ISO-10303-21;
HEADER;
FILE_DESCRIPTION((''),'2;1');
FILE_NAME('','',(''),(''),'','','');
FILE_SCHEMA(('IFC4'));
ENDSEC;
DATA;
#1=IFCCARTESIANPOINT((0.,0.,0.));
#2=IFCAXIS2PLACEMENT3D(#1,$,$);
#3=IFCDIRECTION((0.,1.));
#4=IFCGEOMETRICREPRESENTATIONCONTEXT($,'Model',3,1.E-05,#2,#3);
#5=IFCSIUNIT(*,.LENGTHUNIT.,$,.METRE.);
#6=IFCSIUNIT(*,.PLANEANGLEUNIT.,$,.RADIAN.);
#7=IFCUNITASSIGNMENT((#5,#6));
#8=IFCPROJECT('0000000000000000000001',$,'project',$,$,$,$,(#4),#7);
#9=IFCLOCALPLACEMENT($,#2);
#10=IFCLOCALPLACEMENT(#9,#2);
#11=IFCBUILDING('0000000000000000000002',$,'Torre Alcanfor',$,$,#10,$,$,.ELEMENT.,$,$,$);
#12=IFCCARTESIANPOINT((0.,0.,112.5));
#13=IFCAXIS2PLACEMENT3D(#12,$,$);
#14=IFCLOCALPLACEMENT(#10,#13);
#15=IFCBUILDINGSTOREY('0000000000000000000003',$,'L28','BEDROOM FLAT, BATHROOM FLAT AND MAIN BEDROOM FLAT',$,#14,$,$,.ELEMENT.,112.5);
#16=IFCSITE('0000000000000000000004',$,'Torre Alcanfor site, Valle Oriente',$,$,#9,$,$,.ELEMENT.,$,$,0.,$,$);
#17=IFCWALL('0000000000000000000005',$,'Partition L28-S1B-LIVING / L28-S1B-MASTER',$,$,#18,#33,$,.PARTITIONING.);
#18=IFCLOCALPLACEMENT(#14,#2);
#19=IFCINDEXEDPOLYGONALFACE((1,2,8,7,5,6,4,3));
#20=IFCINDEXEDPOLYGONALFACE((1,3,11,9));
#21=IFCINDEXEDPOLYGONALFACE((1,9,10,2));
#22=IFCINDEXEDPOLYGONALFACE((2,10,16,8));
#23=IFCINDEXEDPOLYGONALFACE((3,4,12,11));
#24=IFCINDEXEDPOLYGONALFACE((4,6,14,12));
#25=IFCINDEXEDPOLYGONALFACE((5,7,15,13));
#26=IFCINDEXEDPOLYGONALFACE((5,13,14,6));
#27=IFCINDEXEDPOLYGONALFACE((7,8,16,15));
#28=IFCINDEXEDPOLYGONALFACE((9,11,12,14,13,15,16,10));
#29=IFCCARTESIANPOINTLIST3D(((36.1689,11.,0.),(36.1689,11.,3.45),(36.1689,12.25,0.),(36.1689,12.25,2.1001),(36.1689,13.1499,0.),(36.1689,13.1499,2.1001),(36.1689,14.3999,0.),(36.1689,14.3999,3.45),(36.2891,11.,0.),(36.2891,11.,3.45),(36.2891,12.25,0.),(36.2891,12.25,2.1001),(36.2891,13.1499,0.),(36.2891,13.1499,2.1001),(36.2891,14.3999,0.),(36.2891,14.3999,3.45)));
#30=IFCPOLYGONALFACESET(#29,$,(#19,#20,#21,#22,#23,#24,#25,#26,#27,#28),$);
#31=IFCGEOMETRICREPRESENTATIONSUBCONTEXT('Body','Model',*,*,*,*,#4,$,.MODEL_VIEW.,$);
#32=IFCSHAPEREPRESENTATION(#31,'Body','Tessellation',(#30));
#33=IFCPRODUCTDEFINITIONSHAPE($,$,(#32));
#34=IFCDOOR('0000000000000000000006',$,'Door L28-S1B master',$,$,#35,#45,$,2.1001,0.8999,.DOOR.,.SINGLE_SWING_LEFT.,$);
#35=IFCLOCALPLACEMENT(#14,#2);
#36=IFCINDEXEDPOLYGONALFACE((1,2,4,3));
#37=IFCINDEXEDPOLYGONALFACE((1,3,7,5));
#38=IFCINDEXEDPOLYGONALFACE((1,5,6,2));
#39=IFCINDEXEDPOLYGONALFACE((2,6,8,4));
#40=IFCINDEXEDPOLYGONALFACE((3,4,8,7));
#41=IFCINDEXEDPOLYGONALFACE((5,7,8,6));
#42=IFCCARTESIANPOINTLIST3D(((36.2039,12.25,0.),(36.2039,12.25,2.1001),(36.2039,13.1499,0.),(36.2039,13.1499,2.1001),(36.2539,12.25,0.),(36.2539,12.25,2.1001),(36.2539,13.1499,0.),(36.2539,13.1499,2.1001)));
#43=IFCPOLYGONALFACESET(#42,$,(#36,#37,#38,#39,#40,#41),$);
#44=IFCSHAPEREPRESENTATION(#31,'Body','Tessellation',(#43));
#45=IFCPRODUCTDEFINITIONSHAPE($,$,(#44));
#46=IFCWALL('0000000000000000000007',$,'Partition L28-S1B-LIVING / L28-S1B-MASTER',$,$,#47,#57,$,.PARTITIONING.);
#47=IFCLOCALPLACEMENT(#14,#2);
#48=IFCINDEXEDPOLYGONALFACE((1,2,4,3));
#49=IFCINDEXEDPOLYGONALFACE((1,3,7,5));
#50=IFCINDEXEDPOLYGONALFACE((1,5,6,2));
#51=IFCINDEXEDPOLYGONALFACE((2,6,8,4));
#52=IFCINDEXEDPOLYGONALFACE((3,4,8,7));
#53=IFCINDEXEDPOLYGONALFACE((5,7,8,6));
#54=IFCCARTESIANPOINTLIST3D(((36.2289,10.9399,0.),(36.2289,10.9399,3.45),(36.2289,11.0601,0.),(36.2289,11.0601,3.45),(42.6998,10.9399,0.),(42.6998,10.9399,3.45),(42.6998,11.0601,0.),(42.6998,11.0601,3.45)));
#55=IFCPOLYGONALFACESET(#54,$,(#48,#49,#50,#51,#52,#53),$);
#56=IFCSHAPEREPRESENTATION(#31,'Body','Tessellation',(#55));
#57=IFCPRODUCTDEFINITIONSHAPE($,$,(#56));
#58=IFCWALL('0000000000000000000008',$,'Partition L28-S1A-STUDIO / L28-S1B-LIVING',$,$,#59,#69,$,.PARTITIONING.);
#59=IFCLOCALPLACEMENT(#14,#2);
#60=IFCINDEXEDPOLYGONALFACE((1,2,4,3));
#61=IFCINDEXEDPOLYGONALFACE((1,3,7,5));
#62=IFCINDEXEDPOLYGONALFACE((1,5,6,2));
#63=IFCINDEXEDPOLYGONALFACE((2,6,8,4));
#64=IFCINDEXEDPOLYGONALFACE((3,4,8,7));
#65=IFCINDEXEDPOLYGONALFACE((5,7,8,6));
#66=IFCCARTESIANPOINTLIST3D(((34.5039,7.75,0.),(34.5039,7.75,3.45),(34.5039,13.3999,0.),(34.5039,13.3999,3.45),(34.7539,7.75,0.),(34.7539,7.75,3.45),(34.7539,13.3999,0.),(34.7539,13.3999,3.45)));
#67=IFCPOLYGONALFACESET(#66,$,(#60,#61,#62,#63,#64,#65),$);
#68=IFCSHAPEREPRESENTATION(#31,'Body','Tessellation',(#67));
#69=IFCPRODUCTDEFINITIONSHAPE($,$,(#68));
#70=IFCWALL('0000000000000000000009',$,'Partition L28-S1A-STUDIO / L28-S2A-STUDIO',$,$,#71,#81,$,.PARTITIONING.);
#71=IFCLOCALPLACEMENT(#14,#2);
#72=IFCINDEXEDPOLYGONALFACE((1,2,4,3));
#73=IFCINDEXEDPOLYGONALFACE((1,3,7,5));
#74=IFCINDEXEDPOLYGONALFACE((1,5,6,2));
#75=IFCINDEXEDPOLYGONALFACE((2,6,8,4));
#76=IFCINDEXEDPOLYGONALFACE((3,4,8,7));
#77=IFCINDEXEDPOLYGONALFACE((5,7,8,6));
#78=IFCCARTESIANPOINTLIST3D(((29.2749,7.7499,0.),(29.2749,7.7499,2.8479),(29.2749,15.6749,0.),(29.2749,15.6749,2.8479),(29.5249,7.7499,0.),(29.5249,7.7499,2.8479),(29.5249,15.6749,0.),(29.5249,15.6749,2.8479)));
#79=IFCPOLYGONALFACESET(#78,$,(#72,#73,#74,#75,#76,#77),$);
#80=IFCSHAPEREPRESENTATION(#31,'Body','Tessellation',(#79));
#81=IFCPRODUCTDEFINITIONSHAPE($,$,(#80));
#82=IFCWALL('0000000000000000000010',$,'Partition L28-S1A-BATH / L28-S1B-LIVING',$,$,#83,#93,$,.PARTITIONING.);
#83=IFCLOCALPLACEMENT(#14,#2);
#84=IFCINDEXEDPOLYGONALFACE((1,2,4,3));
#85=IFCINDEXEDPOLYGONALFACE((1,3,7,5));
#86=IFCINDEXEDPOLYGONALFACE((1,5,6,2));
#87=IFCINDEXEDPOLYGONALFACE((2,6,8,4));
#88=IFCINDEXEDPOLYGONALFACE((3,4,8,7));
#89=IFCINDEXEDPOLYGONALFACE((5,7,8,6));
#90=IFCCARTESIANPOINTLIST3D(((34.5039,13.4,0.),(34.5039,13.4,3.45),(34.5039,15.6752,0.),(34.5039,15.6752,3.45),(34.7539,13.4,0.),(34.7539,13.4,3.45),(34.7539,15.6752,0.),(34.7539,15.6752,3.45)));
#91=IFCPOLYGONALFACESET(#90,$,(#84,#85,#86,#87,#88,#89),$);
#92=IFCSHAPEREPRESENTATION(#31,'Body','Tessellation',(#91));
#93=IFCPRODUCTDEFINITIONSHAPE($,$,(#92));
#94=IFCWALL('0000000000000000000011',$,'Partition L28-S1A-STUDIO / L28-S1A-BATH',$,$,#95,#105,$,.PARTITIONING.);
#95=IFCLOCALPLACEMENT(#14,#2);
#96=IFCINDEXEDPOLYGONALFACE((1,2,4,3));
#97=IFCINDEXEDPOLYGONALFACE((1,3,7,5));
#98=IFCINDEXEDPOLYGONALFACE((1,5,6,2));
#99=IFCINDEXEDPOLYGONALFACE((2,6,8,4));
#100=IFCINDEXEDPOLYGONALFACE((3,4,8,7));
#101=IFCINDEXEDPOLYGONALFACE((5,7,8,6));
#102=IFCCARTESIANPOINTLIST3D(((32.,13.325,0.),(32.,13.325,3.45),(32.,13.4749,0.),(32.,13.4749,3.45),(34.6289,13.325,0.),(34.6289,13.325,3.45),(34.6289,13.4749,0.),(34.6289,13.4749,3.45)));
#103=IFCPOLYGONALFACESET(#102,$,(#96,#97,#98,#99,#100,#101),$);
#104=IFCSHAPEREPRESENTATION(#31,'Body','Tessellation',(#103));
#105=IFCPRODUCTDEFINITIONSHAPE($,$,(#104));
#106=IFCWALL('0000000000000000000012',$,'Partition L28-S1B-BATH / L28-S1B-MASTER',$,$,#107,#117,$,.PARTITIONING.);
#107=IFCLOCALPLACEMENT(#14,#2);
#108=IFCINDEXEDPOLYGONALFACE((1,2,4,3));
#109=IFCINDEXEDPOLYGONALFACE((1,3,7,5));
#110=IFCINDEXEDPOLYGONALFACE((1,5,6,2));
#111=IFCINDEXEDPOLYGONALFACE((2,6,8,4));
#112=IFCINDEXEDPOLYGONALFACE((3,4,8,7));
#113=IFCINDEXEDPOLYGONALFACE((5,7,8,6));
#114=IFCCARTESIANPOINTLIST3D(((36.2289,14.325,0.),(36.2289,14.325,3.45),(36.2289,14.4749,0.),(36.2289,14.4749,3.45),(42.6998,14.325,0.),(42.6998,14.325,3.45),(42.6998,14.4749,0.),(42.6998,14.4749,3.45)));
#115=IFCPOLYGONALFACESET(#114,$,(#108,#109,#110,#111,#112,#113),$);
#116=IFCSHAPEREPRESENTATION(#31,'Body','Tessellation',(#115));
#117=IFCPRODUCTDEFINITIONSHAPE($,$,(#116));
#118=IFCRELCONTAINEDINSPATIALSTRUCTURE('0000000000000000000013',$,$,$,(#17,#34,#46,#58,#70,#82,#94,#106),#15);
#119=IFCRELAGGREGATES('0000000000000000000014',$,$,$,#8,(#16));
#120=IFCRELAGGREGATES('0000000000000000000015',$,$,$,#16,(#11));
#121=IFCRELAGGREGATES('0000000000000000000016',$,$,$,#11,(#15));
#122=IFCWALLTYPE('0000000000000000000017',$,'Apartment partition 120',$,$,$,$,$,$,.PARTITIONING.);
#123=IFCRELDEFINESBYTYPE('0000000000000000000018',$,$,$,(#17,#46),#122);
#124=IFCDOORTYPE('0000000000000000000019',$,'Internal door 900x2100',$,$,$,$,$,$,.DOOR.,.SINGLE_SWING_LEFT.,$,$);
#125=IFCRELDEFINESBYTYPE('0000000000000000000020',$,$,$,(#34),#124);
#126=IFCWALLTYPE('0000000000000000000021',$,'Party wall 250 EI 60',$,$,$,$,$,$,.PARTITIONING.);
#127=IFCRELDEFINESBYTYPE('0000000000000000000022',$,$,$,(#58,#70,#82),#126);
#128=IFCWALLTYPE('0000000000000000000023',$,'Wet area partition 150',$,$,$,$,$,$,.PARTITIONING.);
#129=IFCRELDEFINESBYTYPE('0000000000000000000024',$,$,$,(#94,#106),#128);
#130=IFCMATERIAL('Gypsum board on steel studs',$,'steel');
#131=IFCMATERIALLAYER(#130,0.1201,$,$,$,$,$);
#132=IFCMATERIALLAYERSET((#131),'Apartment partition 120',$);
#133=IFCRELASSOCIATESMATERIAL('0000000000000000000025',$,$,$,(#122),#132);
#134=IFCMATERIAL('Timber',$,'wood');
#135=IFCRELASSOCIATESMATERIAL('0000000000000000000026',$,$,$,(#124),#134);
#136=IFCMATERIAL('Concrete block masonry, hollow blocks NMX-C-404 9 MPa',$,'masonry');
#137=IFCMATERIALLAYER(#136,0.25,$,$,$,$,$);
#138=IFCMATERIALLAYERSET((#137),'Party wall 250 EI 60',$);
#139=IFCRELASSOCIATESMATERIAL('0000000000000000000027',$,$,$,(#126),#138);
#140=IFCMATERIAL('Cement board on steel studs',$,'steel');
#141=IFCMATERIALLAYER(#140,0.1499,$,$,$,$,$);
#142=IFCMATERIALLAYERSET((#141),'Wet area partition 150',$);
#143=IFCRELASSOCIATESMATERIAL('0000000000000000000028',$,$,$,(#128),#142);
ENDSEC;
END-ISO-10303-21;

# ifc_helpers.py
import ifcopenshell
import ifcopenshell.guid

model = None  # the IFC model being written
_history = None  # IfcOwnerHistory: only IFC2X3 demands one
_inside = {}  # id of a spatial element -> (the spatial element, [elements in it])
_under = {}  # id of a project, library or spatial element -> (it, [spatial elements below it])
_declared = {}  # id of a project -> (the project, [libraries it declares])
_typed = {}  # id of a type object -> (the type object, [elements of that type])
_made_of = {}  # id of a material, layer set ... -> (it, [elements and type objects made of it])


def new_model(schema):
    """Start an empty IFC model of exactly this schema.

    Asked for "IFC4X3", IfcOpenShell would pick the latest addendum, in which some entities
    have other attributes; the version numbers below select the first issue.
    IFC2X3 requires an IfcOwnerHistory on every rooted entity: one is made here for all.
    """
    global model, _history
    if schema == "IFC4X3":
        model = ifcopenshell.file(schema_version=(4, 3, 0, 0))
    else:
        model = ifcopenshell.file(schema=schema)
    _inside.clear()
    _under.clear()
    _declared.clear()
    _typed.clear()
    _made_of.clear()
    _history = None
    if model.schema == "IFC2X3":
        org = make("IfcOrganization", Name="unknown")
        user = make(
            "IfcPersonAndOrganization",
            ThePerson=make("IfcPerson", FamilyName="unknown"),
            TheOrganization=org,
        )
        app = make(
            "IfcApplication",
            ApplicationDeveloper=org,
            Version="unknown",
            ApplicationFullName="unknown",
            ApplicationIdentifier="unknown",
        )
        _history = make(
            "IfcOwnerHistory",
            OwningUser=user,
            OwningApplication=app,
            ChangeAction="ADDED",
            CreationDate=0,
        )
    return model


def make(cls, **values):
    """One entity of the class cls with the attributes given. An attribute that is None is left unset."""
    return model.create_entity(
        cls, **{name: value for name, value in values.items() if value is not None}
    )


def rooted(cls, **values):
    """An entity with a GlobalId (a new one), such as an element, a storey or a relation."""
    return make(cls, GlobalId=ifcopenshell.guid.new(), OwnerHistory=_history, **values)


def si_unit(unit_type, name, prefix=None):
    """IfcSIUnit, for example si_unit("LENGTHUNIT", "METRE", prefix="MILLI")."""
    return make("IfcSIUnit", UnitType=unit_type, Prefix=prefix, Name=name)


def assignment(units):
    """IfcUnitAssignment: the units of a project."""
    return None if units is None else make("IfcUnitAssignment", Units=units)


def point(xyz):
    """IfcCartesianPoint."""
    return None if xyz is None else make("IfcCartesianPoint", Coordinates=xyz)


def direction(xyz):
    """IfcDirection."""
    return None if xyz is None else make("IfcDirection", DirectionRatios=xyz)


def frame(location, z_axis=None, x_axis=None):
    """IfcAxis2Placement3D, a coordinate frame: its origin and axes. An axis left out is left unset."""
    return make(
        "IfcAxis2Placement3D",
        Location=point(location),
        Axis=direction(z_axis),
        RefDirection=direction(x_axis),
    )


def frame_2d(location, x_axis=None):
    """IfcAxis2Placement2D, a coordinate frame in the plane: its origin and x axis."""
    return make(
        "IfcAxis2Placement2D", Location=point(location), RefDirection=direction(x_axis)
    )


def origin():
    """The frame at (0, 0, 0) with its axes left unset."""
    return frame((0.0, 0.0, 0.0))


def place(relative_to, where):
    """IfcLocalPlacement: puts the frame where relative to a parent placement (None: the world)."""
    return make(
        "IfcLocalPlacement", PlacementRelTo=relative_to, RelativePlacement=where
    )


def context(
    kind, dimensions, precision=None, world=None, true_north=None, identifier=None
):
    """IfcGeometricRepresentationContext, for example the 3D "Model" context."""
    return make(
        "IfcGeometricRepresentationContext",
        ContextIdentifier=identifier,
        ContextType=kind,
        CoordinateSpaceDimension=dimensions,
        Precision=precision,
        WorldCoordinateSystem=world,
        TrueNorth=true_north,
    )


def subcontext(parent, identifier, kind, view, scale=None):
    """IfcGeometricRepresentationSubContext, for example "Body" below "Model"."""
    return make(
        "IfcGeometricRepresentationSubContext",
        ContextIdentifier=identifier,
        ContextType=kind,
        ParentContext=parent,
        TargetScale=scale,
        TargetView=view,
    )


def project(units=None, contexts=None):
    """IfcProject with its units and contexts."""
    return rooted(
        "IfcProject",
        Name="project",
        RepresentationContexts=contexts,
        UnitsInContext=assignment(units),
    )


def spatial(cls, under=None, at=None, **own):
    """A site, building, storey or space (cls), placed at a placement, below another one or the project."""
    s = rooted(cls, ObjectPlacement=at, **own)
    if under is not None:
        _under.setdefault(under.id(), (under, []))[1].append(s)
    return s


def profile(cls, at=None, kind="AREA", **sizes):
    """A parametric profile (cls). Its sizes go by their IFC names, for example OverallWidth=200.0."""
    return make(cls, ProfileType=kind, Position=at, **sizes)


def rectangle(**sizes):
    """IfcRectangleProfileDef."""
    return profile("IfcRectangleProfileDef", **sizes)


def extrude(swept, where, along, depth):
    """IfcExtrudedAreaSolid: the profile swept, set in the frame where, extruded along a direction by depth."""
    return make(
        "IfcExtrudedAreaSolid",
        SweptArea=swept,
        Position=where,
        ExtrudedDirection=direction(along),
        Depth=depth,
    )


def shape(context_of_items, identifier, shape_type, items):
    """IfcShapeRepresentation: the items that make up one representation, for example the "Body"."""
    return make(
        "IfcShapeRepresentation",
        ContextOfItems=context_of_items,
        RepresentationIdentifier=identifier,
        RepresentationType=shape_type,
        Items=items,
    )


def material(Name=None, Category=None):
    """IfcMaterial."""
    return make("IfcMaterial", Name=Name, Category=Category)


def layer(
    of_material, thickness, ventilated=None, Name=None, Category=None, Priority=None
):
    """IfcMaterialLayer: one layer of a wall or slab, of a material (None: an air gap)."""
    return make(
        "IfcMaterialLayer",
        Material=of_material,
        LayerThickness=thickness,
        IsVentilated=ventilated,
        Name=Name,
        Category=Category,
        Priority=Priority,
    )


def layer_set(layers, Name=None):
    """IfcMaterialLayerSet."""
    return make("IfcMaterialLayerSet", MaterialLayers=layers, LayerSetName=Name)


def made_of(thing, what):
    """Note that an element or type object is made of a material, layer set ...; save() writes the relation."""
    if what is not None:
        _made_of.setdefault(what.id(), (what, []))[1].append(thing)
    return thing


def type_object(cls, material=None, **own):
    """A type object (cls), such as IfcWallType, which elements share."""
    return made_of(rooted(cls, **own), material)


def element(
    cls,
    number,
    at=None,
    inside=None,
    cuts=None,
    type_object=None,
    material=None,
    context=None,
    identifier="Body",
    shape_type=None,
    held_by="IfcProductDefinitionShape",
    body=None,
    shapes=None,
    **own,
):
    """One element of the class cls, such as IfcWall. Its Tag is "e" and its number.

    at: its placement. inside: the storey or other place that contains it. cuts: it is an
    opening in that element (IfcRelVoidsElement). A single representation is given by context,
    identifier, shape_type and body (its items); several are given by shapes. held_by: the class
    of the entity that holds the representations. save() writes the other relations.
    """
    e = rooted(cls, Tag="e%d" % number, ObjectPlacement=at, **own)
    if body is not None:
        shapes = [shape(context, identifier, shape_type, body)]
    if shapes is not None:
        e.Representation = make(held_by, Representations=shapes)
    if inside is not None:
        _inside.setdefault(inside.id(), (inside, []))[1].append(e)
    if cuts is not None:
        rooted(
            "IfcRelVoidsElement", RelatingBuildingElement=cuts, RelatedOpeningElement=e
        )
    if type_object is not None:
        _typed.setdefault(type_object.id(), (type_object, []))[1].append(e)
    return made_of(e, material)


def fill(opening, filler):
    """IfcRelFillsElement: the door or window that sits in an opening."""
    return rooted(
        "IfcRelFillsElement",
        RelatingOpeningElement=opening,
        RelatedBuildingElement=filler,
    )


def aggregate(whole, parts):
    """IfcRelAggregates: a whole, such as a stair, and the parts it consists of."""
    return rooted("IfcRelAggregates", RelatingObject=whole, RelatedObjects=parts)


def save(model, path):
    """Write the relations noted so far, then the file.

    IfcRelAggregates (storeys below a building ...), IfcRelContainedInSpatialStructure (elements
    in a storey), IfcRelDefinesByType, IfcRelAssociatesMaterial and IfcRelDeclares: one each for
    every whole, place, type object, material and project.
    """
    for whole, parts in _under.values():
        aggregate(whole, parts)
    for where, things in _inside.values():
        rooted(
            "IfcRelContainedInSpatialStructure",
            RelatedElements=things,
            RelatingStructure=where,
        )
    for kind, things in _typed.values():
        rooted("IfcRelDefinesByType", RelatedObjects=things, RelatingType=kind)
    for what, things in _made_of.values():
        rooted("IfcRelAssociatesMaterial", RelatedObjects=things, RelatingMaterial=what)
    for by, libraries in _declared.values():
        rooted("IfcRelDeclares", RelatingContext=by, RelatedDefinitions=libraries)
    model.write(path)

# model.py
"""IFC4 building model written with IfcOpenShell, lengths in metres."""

from ifc_helpers import new_model, si_unit, direction, frame, frame_2d, origin, place, context, subcontext, project, spatial, rectangle, extrude, material, layer, layer_set, type_object, element, fill, save


model = new_model("IFC4")

# Units and contexts
model_context = context("Model", 3, precision=1e-05, world=origin(), true_north=direction((0.0, 1.0)))
body_context = subcontext(model_context, "Body", "Model", "MODEL_VIEW")
ifc_project = project(units=[si_unit("LENGTHUNIT", "METRE"), si_unit("PLANEANGLEUNIT", "RADIAN")], contexts=[model_context])

# Site, building, storey
site_placement = place(None, origin())
site = spatial("IfcSite", under=ifc_project, at=site_placement, Name="Torre Alcanfor site, Valle Oriente", CompositionType="ELEMENT", RefElevation=0.0)
building_placement = place(site_placement, origin())
building = spatial("IfcBuilding", under=site, at=building_placement, Name="Torre Alcanfor", CompositionType="ELEMENT")
storey_placement = place(building_placement, frame((0.0, 0.0, 112.5)))
storey = spatial("IfcBuildingStorey", under=building, at=storey_placement, Name="L28", Description="BEDROOM FLAT, BATHROOM FLAT AND MAIN BEDROOM FLAT", CompositionType="ELEMENT", Elevation=112.5)

# Wall, opening, door
ifc_material_1 = material(Name="Gypsum board on steel studs", Category="steel")
ifc_layer_1 = layer(ifc_material_1, 0.1201)
ifc_layer_set_1 = layer_set([ifc_layer_1], Name="Apartment partition 120")
wall_type_1 = type_object("IfcWallType", Name="Apartment partition 120", PredefinedType="PARTITIONING", material=ifc_layer_set_1)
wall_1_placement = place(storey_placement, frame((36.229, 14.3999, 0.0), z_axis=(0.0, 0.0, 1.0), x_axis=(0.0, -1.0, 0.0)))
wall_1 = element("IfcWall", 1, at=wall_1_placement, inside=storey, type_object=wall_type_1, Name="Partition L28-S1B-LIVING / L28-S1B-MASTER", PredefinedType="PARTITIONING", context=body_context, shape_type="SweptSolid", body=[
    extrude(rectangle(XDim=3.3999, YDim=0.1201, at=frame_2d((1.7, 0.0))), origin(), (0.0, 0.0, 1.0), 3.45),
])
opening_1_placement = place(wall_1_placement, frame((1.25, 0.0, 0.0)))
opening_1 = element("IfcOpeningElement", 2, at=opening_1_placement, cuts=wall_1, PredefinedType="OPENING", context=body_context, shape_type="SweptSolid", body=[
    extrude(rectangle(XDim=0.8999, YDim=2.1001, at=frame_2d((0.45, 1.05))), frame((0.0, 0.0701, 0.0), z_axis=(0.0, -1.0, 0.0), x_axis=(1.0, 0.0, 0.0)), (0.0, 0.0, 1.0), 0.1401),
])
ifc_material_2 = material(Name="Timber", Category="wood")
door_type_1 = type_object("IfcDoorType", Name="Internal door 900x2100", OperationType="SINGLE_SWING_LEFT", PredefinedType="DOOR", material=ifc_material_2)
door_1_placement = place(opening_1_placement, origin())
door_1 = element("IfcDoor", 3, at=door_1_placement, inside=storey, type_object=door_type_1, Name="Door L28-S1B master", OperationType="SINGLE_SWING_LEFT", OverallHeight=2.1001, OverallWidth=0.8999, PredefinedType="DOOR", context=body_context, shape_type="SweptSolid", body=[
    extrude(rectangle(XDim=0.8999, YDim=2.1001, at=frame_2d((0.45, 1.05))), frame((0.0, 0.0249, 0.0), z_axis=(0.0, -1.0, 0.0), x_axis=(1.0, 0.0, 0.0)), (0.0, 0.0, 1.0), 0.05),
])
fill(opening_1, door_1)

# Walls
wall_2_placement = place(storey_placement, frame((36.229, 11.0, 0.0), z_axis=(0.0, 0.0, 1.0), x_axis=(1.0, 0.0, 0.0)))
element("IfcWall", 4, at=wall_2_placement, inside=storey, type_object=wall_type_1, Name="Partition L28-S1B-LIVING / L28-S1B-MASTER", PredefinedType="PARTITIONING", context=body_context, shape_type="SweptSolid", body=[
    extrude(rectangle(XDim=6.4709, YDim=0.1201, at=frame_2d((3.2354, 0.0))), origin(), (0.0, 0.0, 1.0), 3.45),
])
ifc_material_3 = material(Name="Concrete block masonry, hollow blocks NMX-C-404 9 MPa", Category="masonry")
ifc_layer_2 = layer(ifc_material_3, 0.25)
ifc_layer_set_2 = layer_set([ifc_layer_2], Name="Party wall 250 EI 60")
wall_type_2 = type_object("IfcWallType", Name="Party wall 250 EI 60", PredefinedType="PARTITIONING", material=ifc_layer_set_2)
wall_3_placement = place(storey_placement, frame((34.6289, 13.3999, 0.0), z_axis=(0.0, 0.0, 1.0), x_axis=(0.0, -1.0, 0.0)))
element("IfcWall", 5, at=wall_3_placement, inside=storey, type_object=wall_type_2, Name="Partition L28-S1A-STUDIO / L28-S1B-LIVING", PredefinedType="PARTITIONING", context=body_context, shape_type="SweptSolid", body=[
    extrude(rectangle(XDim=5.6499, YDim=0.25, at=frame_2d((2.825, 0.0))), origin(), (0.0, 0.0, 1.0), 3.45),
])
wall_4_placement = place(storey_placement, frame((29.3999, 7.75, 0.0), z_axis=(0.0, 0.0, 1.0), x_axis=(0.0, 1.0, 0.0)))
element("IfcWall", 6, at=wall_4_placement, inside=storey, type_object=wall_type_2, Name="Partition L28-S1A-STUDIO / L28-S2A-STUDIO", PredefinedType="PARTITIONING", context=body_context, shape_type="SweptSolid", body=[
    extrude(rectangle(XDim=7.925, YDim=0.25, at=frame_2d((3.9624, 0.0))), origin(), (0.0, 0.0, 1.0), 2.8479),
])
wall_5_placement = place(storey_placement, frame((34.6289, 13.3999, 0.0), z_axis=(0.0, 0.0, 1.0), x_axis=(0.0, 1.0, 0.0)))
element("IfcWall", 7, at=wall_5_placement, inside=storey, type_object=wall_type_2, Name="Partition L28-S1A-BATH / L28-S1B-LIVING", PredefinedType="PARTITIONING", context=body_context, shape_type="SweptSolid", body=[
    extrude(rectangle(XDim=2.2751, YDim=0.25, at=frame_2d((1.1377, 0.0))), origin(), (0.0, 0.0, 1.0), 3.45),
])
ifc_material_4 = material(Name="Cement board on steel studs", Category="steel")
ifc_layer_3 = layer(ifc_material_4, 0.1499)
ifc_layer_set_3 = layer_set([ifc_layer_3], Name="Wet area partition 150")
wall_type_3 = type_object("IfcWallType", Name="Wet area partition 150", PredefinedType="PARTITIONING", material=ifc_layer_set_3)
wall_6_placement = place(storey_placement, frame((32.0, 13.3999, 0.0), z_axis=(0.0, 0.0, 1.0), x_axis=(1.0, 0.0, 0.0)))
element("IfcWall", 8, at=wall_6_placement, inside=storey, type_object=wall_type_3, Name="Partition L28-S1A-STUDIO / L28-S1A-BATH", PredefinedType="PARTITIONING", context=body_context, shape_type="SweptSolid", body=[
    extrude(rectangle(XDim=2.6289, YDim=0.1499, at=frame_2d((1.3145, 0.0))), origin(), (0.0, 0.0, 1.0), 3.45),
])
wall_7_placement = place(storey_placement, frame((36.229, 14.3999, 0.0), z_axis=(0.0, 0.0, 1.0), x_axis=(1.0, 0.0, 0.0)))
element("IfcWall", 9, at=wall_7_placement, inside=storey, type_object=wall_type_3, Name="Partition L28-S1B-BATH / L28-S1B-MASTER", PredefinedType="PARTITIONING", context=body_context, shape_type="SweptSolid", body=[
    extrude(rectangle(XDim=6.4709, YDim=0.1499, at=frame_2d((3.2354, 0.0))), origin(), (0.0, 0.0, 1.0), 3.45),
])

save(model, "model.ifc")
